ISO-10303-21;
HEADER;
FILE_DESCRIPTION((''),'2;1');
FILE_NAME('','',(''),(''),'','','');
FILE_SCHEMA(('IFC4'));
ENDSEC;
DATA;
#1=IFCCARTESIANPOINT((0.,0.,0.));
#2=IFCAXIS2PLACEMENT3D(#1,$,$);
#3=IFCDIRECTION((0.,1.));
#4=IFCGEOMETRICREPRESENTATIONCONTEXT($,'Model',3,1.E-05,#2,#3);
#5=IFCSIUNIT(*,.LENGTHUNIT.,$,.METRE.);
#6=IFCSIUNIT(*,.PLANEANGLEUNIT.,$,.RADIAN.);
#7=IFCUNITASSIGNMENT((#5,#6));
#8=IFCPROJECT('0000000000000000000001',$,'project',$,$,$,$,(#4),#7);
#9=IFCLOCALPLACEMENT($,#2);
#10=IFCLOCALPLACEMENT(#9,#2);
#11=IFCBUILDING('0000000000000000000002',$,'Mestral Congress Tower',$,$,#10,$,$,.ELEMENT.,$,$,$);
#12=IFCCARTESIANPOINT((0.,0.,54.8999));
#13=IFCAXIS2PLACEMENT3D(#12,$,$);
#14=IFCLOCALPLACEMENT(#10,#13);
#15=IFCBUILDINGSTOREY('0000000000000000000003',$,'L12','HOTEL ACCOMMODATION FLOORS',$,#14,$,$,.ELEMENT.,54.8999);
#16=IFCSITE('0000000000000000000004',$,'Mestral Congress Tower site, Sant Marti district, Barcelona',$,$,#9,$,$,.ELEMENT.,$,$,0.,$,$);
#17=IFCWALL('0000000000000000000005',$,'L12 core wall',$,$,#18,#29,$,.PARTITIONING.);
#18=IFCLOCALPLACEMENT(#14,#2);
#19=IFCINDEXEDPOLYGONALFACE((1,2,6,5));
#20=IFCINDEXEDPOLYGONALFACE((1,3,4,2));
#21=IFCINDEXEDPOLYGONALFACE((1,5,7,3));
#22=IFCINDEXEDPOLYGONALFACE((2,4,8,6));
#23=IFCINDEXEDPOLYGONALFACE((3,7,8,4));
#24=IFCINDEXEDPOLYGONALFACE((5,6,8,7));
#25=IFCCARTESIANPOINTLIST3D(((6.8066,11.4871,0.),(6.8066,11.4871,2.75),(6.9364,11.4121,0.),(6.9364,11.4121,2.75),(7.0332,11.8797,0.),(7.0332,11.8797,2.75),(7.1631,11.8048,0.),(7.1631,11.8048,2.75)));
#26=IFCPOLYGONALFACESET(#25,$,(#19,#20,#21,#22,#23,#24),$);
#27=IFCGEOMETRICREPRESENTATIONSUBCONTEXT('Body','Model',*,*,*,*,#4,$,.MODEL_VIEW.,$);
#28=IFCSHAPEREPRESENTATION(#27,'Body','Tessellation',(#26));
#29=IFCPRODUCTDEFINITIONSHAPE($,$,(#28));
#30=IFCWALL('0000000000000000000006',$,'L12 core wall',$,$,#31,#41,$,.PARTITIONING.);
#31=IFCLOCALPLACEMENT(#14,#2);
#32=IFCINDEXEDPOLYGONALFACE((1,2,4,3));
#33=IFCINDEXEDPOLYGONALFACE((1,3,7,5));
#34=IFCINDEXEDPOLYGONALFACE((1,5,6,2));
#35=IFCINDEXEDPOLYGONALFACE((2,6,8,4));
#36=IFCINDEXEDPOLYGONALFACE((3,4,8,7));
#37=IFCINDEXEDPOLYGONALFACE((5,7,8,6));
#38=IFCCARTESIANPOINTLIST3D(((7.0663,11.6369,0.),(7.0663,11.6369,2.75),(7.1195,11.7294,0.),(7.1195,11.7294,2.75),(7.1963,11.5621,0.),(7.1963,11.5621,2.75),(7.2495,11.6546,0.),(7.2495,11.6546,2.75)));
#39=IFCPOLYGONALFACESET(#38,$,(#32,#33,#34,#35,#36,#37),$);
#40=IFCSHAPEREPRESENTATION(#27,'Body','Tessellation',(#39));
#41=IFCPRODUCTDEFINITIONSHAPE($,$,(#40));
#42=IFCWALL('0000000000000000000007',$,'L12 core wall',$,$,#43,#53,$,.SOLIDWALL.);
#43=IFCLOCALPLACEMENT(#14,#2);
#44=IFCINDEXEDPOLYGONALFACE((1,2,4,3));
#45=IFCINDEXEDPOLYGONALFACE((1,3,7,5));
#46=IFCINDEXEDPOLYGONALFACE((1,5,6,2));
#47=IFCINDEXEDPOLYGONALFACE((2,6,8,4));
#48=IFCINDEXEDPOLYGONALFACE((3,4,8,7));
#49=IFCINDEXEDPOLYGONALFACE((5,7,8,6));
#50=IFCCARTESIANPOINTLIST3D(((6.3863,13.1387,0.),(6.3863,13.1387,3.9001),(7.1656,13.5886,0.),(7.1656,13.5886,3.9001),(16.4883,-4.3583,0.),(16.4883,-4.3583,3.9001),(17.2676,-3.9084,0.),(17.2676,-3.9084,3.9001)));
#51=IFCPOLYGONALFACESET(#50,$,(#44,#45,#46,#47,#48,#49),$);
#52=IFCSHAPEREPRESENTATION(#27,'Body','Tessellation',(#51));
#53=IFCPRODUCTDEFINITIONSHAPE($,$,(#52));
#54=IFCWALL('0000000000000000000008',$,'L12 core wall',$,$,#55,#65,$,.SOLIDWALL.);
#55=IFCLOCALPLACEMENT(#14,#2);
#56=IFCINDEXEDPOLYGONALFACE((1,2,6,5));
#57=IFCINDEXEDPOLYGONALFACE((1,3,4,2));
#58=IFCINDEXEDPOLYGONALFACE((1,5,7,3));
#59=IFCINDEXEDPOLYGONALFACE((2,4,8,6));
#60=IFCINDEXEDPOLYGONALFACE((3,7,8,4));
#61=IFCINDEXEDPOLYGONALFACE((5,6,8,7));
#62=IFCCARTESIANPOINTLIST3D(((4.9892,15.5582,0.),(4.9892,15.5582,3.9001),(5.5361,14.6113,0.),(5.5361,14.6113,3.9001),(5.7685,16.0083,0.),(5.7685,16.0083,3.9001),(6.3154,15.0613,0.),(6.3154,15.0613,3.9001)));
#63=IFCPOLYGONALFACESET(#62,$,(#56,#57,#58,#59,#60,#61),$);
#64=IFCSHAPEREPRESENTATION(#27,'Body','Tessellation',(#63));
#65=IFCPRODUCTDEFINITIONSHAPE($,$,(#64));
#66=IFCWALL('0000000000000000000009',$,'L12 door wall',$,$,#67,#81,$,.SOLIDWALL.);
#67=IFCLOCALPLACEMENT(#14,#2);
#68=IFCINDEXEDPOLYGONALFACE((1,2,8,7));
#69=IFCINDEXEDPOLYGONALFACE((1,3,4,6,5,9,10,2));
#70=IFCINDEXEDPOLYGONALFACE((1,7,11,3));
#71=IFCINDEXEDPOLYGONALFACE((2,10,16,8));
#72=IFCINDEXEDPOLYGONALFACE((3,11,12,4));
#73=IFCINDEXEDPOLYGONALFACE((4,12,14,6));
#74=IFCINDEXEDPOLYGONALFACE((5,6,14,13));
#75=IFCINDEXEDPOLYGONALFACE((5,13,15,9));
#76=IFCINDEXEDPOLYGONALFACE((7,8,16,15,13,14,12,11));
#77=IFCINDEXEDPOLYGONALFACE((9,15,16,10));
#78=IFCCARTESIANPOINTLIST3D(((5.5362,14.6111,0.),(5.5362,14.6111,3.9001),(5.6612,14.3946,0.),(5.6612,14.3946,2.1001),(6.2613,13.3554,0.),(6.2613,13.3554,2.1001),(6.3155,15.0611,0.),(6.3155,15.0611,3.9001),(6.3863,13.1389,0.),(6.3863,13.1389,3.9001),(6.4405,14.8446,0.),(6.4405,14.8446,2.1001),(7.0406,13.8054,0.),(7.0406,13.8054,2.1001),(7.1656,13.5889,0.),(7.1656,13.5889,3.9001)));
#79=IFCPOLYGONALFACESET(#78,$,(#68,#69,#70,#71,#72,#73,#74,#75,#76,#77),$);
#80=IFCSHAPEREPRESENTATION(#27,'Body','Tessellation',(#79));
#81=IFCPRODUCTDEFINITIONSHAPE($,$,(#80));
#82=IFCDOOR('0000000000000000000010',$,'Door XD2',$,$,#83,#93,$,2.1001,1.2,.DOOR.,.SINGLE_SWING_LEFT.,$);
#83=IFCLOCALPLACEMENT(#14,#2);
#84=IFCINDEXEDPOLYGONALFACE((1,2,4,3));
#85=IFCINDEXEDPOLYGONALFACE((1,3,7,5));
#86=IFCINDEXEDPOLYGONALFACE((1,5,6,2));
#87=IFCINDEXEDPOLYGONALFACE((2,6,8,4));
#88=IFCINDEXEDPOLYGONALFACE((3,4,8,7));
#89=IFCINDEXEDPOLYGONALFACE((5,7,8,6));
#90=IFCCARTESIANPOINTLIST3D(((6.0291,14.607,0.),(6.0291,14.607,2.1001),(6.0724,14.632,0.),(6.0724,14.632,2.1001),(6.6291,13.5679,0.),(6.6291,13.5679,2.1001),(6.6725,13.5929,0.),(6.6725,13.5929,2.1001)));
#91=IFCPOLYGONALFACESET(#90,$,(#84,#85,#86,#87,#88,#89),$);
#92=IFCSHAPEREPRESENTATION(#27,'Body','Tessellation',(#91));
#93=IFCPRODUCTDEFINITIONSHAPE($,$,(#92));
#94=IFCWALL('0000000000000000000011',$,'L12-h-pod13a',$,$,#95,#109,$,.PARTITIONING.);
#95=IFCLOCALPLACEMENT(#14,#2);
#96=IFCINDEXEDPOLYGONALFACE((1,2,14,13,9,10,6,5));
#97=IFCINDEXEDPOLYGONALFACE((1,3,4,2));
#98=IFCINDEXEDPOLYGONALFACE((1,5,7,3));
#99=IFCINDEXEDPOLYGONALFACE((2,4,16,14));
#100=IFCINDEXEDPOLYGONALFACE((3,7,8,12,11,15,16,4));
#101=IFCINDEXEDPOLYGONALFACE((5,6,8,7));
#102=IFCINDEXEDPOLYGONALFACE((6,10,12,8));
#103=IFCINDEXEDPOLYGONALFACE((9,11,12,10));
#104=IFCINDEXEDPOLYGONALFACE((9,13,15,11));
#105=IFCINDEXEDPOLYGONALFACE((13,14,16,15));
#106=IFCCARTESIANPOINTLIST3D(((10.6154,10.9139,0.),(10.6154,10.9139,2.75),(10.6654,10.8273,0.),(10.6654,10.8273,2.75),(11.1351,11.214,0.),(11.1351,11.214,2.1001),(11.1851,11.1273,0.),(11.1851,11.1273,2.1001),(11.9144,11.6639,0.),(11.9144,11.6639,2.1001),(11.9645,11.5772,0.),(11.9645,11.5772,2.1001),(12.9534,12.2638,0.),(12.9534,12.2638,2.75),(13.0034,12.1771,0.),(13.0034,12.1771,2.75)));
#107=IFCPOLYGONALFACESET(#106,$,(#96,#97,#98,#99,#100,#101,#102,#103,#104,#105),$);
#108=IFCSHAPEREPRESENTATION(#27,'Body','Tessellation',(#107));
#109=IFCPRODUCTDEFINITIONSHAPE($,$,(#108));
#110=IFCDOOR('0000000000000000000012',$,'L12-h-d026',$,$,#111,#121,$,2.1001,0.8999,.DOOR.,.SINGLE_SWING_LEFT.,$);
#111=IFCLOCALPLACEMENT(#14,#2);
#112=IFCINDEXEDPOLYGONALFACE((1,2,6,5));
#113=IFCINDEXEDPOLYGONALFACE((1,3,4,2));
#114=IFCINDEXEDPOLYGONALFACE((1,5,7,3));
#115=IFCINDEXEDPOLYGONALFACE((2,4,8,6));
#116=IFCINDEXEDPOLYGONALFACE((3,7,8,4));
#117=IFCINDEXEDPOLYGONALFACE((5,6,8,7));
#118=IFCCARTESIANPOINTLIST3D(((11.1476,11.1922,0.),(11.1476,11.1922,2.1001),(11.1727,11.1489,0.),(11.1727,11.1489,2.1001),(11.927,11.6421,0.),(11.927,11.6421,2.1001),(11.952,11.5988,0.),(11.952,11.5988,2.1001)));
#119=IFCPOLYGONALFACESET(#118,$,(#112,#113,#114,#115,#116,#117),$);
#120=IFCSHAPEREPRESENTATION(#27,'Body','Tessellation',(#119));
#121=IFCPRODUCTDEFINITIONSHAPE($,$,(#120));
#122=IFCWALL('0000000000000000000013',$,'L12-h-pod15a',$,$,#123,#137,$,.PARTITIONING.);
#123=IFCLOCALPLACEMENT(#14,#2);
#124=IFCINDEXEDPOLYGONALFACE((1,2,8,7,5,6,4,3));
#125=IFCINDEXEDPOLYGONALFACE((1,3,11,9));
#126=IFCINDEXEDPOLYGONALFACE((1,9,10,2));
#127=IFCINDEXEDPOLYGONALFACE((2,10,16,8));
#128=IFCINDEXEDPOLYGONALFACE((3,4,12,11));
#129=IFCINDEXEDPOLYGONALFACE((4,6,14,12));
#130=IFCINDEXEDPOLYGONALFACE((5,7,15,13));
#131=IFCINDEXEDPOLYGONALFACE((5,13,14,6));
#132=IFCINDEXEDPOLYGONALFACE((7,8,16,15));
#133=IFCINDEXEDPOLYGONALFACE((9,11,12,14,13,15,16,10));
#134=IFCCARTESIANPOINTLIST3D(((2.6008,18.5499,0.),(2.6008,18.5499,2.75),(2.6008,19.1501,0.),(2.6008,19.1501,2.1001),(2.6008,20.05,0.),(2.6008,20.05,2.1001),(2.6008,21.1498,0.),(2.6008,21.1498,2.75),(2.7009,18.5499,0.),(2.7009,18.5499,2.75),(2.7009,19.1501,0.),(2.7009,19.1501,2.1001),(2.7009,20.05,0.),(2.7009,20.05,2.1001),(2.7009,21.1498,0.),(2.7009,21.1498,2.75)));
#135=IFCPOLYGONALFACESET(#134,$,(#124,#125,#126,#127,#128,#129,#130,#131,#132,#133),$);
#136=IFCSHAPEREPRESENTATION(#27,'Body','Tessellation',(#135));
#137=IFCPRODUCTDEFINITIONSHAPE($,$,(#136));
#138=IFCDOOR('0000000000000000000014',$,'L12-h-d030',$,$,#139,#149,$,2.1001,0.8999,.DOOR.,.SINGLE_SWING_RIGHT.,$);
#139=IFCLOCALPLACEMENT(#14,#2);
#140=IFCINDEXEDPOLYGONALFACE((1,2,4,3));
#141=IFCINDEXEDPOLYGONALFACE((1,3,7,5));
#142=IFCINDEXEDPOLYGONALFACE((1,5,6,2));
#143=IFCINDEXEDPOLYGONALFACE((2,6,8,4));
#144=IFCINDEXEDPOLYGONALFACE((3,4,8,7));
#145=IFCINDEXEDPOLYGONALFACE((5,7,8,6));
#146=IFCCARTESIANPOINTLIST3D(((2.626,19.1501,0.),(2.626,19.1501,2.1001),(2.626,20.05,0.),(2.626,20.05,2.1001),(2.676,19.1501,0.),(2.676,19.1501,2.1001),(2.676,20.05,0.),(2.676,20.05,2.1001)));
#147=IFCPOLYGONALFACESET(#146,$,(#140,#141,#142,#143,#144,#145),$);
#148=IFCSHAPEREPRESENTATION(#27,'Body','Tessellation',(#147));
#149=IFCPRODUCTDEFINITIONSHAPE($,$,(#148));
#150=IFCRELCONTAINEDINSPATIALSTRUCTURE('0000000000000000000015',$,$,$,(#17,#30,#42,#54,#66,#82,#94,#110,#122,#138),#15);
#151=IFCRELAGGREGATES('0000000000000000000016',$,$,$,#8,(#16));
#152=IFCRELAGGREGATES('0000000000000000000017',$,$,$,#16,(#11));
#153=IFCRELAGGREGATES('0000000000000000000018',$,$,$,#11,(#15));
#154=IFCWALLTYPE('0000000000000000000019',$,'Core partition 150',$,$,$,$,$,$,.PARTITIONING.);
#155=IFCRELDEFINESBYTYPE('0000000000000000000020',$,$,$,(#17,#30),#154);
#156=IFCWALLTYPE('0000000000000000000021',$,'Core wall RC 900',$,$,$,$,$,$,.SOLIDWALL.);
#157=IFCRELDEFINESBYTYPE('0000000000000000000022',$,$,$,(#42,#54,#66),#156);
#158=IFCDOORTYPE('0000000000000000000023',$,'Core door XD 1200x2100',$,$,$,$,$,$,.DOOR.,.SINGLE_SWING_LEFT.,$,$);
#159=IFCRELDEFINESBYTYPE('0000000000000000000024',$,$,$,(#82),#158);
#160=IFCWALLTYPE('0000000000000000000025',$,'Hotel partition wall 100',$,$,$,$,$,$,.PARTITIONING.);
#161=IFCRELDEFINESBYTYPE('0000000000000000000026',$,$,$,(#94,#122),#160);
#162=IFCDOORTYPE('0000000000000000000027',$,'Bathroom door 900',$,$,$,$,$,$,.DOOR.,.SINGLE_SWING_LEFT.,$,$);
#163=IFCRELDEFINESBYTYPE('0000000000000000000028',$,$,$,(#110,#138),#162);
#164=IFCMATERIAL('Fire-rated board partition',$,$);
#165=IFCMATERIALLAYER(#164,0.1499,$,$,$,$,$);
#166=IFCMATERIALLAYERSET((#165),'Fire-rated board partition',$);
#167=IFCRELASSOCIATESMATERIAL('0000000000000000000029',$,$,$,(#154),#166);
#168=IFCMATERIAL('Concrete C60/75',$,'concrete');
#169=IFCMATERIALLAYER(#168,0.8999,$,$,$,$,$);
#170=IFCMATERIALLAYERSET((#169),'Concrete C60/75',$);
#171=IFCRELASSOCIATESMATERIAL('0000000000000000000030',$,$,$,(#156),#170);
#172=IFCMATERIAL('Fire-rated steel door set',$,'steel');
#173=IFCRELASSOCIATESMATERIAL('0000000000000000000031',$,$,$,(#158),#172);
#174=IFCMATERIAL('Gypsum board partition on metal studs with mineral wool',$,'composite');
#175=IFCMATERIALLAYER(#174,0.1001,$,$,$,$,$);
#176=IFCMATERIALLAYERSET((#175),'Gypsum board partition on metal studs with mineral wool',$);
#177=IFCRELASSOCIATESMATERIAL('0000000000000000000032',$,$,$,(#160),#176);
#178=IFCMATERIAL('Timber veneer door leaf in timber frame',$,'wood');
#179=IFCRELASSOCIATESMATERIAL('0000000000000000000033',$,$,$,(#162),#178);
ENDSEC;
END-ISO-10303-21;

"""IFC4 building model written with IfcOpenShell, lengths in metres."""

from ifc_helpers import new_model, si_unit, direction, frame, frame_2d, origin, place, context, subcontext, project, spatial, rectangle, extrude, material, layer, layer_set, type_object, element, fill, save


model = new_model("IFC4")

# Units and contexts
model_context = context("Model", 3, precision=1e-05, world=origin(), true_north=direction((0.0, 1.0)))
body_context = subcontext(model_context, "Body", "Model", "MODEL_VIEW")
ifc_project = project(units=[si_unit("LENGTHUNIT", "METRE"), si_unit("PLANEANGLEUNIT", "RADIAN")], contexts=[model_context])

# Site, building, storey
site_placement = place(None, origin())
site = spatial("IfcSite", under=ifc_project, at=site_placement, Name="Mestral Congress Tower site, Sant Marti district, Barcelona", CompositionType="ELEMENT", RefElevation=0.0)
building_placement = place(site_placement, origin())
building = spatial("IfcBuilding", under=site, at=building_placement, Name="Mestral Congress Tower", CompositionType="ELEMENT")
storey_placement = place(building_placement, frame((0.0, 0.0, 54.8999)))
storey = spatial("IfcBuildingStorey", under=building, at=storey_placement, Name="L12", Description="HOTEL ACCOMMODATION FLOORS", CompositionType="ELEMENT", Elevation=54.8999)

# Walls
ifc_material_1 = material(Name="Fire-rated board partition")
ifc_layer_1 = layer(ifc_material_1, 0.1499)
ifc_layer_set_1 = layer_set([ifc_layer_1], Name="Fire-rated board partition")
wall_type_1 = type_object("IfcWallType", Name="Core partition 150", PredefinedType="PARTITIONING", material=ifc_layer_set_1)
wall_1_placement = place(storey_placement, frame((6.8716, 11.4497, 0.0), z_axis=(0.0, 0.0, 1.0), x_axis=(0.499847, 0.866114, 0.0)))
element("IfcWall", 1, at=wall_1_placement, inside=storey, type_object=wall_type_1, Name="L12 core wall", PredefinedType="PARTITIONING", context=body_context, shape_type="SweptSolid", body=[
    extrude(rectangle(XDim=0.4534, YDim=0.1499, at=frame_2d((0.2266, 0.0))), origin(), (0.0, 0.0, 1.0), 2.75),
])
wall_2_placement = place(storey_placement, frame((7.1313, 11.5996, 0.0), z_axis=(0.0, 0.0, 1.0), x_axis=(0.4986, 0.866832, 0.0)))
element("IfcWall", 2, at=wall_2_placement, inside=storey, type_object=wall_type_1, Name="L12 core wall", PredefinedType="PARTITIONING", context=body_context, shape_type="SweptSolid", body=[
    extrude(rectangle(XDim=0.1067, YDim=0.1499, at=frame_2d((0.0532, 0.0))), origin(), (0.0, 0.0, 1.0), 2.75),
])
ifc_material_2 = material(Name="Concrete C60/75", Category="concrete")
ifc_layer_2 = layer(ifc_material_2, 0.8999)
ifc_layer_set_2 = layer_set([ifc_layer_2], Name="Concrete C60/75")
wall_type_2 = type_object("IfcWallType", Name="Core wall RC 900", PredefinedType="SOLIDWALL", material=ifc_layer_set_2)
wall_3_placement = place(storey_placement, frame((6.7759, 13.3638, 0.0), z_axis=(0.0, 0.0, 1.0), x_axis=(0.500004, -0.866023, 0.0)))
element("IfcWall", 3, at=wall_3_placement, inside=storey, type_object=wall_type_2, Name="L12 core wall", PredefinedType="SOLIDWALL", context=body_context, shape_type="SweptSolid", body=[
    extrude(rectangle(XDim=20.2039, YDim=0.8999, at=frame_2d((10.1021, 0.0))), origin(), (0.0, 0.0, 1.0), 3.9001),
])
wall_4_placement = place(storey_placement, frame((5.9258, 14.8362, 0.0), z_axis=(0.0, 0.0, 1.0), x_axis=(-0.500077, 0.865981, 0.0)))
element("IfcWall", 4, at=wall_4_placement, inside=storey, type_object=wall_type_2, Name="L12 core wall", PredefinedType="SOLIDWALL", context=body_context, shape_type="SweptSolid", body=[
    extrude(rectangle(XDim=1.0935, YDim=0.8999, at=frame_2d((0.5469, 0.0))), origin(), (0.0, 0.0, 1.0), 3.9001),
])

# Walls, openings, doors
wall_5_placement = place(storey_placement, frame((5.9258, 14.8362, 0.0), z_axis=(0.0, 0.0, 1.0), x_axis=(0.500062, -0.865989, 0.0)))
wall_5 = element("IfcWall", 5, at=wall_5_placement, inside=storey, type_object=wall_type_2, Name="L12 door wall", PredefinedType="SOLIDWALL", context=body_context, shape_type="SweptSolid", body=[
    extrude(rectangle(XDim=1.7, YDim=0.8999, at=frame_2d((0.8501, 0.0))), origin(), (0.0, 0.0, 1.0), 3.9001),
])
opening_1_placement = place(wall_5_placement, frame((0.25, 0.0, 0.0)))
opening_1 = element("IfcOpeningElement", 6, at=opening_1_placement, cuts=wall_5, PredefinedType="OPENING", context=body_context, shape_type="SweptSolid", body=[
    extrude(rectangle(XDim=1.2, YDim=2.1001, at=frame_2d((0.6001, 1.05))), frame((0.0, 0.46, 0.0), z_axis=(0.0, -1.0, 0.0), x_axis=(1.0, 0.0, 0.0)), (0.0, 0.0, 1.0), 0.9199),
])
ifc_material_3 = material(Name="Fire-rated steel door set", Category="steel")
door_type_1 = type_object("IfcDoorType", Name="Core door XD 1200x2100", OperationType="SINGLE_SWING_LEFT", PredefinedType="DOOR", material=ifc_material_3)
door_1_placement = place(opening_1_placement, origin())
door_1 = element("IfcDoor", 7, at=door_1_placement, inside=storey, type_object=door_type_1, Name="Door XD2", OperationType="SINGLE_SWING_LEFT", OverallHeight=2.1001, OverallWidth=1.2, PredefinedType="DOOR", context=body_context, shape_type="SweptSolid", body=[
    extrude(rectangle(XDim=1.2, YDim=2.1001, at=frame_2d((0.6001, 1.05))), frame((0.0, 0.0249, 0.0), z_axis=(0.0, -1.0, 0.0), x_axis=(1.0, 0.0, 0.0)), (0.0, 0.0, 1.0), 0.05),
])
fill(opening_1, door_1)
ifc_material_4 = material(Name="Gypsum board partition on metal studs with mineral wool", Category="composite")
ifc_layer_3 = layer(ifc_material_4, 0.1001)
ifc_layer_set_3 = layer_set([ifc_layer_3], Name="Gypsum board partition on metal studs with mineral wool")
wall_type_3 = type_object("IfcWallType", Name="Hotel partition wall 100", PredefinedType="PARTITIONING", material=ifc_layer_set_3)
wall_6_placement = place(storey_placement, frame((10.6404, 10.8706, 0.0), z_axis=(0.0, 0.0, 1.0), x_axis=(0.866037, 0.499981, 0.0)))
wall_6 = element("IfcWall", 8, at=wall_6_placement, inside=storey, type_object=wall_type_3, Name="L12-h-pod13a", PredefinedType="PARTITIONING", context=body_context, shape_type="SweptSolid", body=[
    extrude(rectangle(XDim=2.6997, YDim=0.1001, at=frame_2d((1.3499, 0.0))), origin(), (0.0, 0.0, 1.0), 2.75),
])
opening_2_placement = place(wall_6_placement, frame((0.6001, 0.0, 0.0)))
opening_2 = element("IfcOpeningElement", 9, at=opening_2_placement, cuts=wall_6, PredefinedType="OPENING", context=body_context, shape_type="SweptSolid", body=[
    extrude(rectangle(XDim=0.8999, YDim=2.1001, at=frame_2d((0.45, 1.05))), frame((0.0, 0.0601, 0.0), z_axis=(0.0, -1.0, 0.0), x_axis=(1.0, 0.0, 0.0)), (0.0, 0.0, 1.0), 0.1201),
])
ifc_material_5 = material(Name="Timber veneer door leaf in timber frame", Category="wood")
door_type_2 = type_object("IfcDoorType", Name="Bathroom door 900", OperationType="SINGLE_SWING_LEFT", PredefinedType="DOOR", material=ifc_material_5)
door_2_placement = place(opening_2_placement, origin())
door_2 = element("IfcDoor", 10, at=door_2_placement, inside=storey, type_object=door_type_2, Name="L12-h-d026", OperationType="SINGLE_SWING_LEFT", OverallHeight=2.1001, OverallWidth=0.8999, PredefinedType="DOOR", context=body_context, shape_type="SweptSolid", body=[
    extrude(rectangle(XDim=0.8999, YDim=2.1001, at=frame_2d((0.45, 1.05))), frame((0.0, 0.0249, 0.0), z_axis=(0.0, -1.0, 0.0), x_axis=(1.0, 0.0, 0.0)), (0.0, 0.0, 1.0), 0.05),
])
fill(opening_2, door_2)
wall_7_placement = place(storey_placement, frame((2.6509, 18.55, 0.0), z_axis=(0.0, 0.0, 1.0), x_axis=(0.0, 1.0, 0.0)))
wall_7 = element("IfcWall", 11, at=wall_7_placement, inside=storey, type_object=wall_type_3, Name="L12-h-pod15a", PredefinedType="PARTITIONING", context=body_context, shape_type="SweptSolid", body=[
    extrude(rectangle(XDim=2.5999, YDim=0.1001, at=frame_2d((1.2998, 0.0))), origin(), (0.0, 0.0, 1.0), 2.75),
])
opening_3_placement = place(wall_7_placement, frame((0.6001, 0.0, 0.0)))
opening_3 = element("IfcOpeningElement", 12, at=opening_3_placement, cuts=wall_7, PredefinedType="OPENING", context=body_context, shape_type="SweptSolid", body=[
    extrude(rectangle(XDim=0.8999, YDim=2.1001, at=frame_2d((0.45, 1.05))), frame((0.0, 0.0601, 0.0), z_axis=(0.0, -1.0, 0.0), x_axis=(1.0, 0.0, 0.0)), (0.0, 0.0, 1.0), 0.1201),
])
door_3_placement = place(opening_3_placement, origin())
door_3 = element("IfcDoor", 13, at=door_3_placement, inside=storey, type_object=door_type_2, Name="L12-h-d030", OperationType="SINGLE_SWING_RIGHT", OverallHeight=2.1001, OverallWidth=0.8999, PredefinedType="DOOR", context=body_context, shape_type="SweptSolid", body=[
    extrude(rectangle(XDim=0.8999, YDim=2.1001, at=frame_2d((0.45, 1.05))), frame((0.0, 0.0249, 0.0), z_axis=(0.0, -1.0, 0.0), x_axis=(1.0, 0.0, 0.0)), (0.0, 0.0, 1.0), 0.05),
])
fill(opening_3, door_3)

save(model, "model.ifc")
